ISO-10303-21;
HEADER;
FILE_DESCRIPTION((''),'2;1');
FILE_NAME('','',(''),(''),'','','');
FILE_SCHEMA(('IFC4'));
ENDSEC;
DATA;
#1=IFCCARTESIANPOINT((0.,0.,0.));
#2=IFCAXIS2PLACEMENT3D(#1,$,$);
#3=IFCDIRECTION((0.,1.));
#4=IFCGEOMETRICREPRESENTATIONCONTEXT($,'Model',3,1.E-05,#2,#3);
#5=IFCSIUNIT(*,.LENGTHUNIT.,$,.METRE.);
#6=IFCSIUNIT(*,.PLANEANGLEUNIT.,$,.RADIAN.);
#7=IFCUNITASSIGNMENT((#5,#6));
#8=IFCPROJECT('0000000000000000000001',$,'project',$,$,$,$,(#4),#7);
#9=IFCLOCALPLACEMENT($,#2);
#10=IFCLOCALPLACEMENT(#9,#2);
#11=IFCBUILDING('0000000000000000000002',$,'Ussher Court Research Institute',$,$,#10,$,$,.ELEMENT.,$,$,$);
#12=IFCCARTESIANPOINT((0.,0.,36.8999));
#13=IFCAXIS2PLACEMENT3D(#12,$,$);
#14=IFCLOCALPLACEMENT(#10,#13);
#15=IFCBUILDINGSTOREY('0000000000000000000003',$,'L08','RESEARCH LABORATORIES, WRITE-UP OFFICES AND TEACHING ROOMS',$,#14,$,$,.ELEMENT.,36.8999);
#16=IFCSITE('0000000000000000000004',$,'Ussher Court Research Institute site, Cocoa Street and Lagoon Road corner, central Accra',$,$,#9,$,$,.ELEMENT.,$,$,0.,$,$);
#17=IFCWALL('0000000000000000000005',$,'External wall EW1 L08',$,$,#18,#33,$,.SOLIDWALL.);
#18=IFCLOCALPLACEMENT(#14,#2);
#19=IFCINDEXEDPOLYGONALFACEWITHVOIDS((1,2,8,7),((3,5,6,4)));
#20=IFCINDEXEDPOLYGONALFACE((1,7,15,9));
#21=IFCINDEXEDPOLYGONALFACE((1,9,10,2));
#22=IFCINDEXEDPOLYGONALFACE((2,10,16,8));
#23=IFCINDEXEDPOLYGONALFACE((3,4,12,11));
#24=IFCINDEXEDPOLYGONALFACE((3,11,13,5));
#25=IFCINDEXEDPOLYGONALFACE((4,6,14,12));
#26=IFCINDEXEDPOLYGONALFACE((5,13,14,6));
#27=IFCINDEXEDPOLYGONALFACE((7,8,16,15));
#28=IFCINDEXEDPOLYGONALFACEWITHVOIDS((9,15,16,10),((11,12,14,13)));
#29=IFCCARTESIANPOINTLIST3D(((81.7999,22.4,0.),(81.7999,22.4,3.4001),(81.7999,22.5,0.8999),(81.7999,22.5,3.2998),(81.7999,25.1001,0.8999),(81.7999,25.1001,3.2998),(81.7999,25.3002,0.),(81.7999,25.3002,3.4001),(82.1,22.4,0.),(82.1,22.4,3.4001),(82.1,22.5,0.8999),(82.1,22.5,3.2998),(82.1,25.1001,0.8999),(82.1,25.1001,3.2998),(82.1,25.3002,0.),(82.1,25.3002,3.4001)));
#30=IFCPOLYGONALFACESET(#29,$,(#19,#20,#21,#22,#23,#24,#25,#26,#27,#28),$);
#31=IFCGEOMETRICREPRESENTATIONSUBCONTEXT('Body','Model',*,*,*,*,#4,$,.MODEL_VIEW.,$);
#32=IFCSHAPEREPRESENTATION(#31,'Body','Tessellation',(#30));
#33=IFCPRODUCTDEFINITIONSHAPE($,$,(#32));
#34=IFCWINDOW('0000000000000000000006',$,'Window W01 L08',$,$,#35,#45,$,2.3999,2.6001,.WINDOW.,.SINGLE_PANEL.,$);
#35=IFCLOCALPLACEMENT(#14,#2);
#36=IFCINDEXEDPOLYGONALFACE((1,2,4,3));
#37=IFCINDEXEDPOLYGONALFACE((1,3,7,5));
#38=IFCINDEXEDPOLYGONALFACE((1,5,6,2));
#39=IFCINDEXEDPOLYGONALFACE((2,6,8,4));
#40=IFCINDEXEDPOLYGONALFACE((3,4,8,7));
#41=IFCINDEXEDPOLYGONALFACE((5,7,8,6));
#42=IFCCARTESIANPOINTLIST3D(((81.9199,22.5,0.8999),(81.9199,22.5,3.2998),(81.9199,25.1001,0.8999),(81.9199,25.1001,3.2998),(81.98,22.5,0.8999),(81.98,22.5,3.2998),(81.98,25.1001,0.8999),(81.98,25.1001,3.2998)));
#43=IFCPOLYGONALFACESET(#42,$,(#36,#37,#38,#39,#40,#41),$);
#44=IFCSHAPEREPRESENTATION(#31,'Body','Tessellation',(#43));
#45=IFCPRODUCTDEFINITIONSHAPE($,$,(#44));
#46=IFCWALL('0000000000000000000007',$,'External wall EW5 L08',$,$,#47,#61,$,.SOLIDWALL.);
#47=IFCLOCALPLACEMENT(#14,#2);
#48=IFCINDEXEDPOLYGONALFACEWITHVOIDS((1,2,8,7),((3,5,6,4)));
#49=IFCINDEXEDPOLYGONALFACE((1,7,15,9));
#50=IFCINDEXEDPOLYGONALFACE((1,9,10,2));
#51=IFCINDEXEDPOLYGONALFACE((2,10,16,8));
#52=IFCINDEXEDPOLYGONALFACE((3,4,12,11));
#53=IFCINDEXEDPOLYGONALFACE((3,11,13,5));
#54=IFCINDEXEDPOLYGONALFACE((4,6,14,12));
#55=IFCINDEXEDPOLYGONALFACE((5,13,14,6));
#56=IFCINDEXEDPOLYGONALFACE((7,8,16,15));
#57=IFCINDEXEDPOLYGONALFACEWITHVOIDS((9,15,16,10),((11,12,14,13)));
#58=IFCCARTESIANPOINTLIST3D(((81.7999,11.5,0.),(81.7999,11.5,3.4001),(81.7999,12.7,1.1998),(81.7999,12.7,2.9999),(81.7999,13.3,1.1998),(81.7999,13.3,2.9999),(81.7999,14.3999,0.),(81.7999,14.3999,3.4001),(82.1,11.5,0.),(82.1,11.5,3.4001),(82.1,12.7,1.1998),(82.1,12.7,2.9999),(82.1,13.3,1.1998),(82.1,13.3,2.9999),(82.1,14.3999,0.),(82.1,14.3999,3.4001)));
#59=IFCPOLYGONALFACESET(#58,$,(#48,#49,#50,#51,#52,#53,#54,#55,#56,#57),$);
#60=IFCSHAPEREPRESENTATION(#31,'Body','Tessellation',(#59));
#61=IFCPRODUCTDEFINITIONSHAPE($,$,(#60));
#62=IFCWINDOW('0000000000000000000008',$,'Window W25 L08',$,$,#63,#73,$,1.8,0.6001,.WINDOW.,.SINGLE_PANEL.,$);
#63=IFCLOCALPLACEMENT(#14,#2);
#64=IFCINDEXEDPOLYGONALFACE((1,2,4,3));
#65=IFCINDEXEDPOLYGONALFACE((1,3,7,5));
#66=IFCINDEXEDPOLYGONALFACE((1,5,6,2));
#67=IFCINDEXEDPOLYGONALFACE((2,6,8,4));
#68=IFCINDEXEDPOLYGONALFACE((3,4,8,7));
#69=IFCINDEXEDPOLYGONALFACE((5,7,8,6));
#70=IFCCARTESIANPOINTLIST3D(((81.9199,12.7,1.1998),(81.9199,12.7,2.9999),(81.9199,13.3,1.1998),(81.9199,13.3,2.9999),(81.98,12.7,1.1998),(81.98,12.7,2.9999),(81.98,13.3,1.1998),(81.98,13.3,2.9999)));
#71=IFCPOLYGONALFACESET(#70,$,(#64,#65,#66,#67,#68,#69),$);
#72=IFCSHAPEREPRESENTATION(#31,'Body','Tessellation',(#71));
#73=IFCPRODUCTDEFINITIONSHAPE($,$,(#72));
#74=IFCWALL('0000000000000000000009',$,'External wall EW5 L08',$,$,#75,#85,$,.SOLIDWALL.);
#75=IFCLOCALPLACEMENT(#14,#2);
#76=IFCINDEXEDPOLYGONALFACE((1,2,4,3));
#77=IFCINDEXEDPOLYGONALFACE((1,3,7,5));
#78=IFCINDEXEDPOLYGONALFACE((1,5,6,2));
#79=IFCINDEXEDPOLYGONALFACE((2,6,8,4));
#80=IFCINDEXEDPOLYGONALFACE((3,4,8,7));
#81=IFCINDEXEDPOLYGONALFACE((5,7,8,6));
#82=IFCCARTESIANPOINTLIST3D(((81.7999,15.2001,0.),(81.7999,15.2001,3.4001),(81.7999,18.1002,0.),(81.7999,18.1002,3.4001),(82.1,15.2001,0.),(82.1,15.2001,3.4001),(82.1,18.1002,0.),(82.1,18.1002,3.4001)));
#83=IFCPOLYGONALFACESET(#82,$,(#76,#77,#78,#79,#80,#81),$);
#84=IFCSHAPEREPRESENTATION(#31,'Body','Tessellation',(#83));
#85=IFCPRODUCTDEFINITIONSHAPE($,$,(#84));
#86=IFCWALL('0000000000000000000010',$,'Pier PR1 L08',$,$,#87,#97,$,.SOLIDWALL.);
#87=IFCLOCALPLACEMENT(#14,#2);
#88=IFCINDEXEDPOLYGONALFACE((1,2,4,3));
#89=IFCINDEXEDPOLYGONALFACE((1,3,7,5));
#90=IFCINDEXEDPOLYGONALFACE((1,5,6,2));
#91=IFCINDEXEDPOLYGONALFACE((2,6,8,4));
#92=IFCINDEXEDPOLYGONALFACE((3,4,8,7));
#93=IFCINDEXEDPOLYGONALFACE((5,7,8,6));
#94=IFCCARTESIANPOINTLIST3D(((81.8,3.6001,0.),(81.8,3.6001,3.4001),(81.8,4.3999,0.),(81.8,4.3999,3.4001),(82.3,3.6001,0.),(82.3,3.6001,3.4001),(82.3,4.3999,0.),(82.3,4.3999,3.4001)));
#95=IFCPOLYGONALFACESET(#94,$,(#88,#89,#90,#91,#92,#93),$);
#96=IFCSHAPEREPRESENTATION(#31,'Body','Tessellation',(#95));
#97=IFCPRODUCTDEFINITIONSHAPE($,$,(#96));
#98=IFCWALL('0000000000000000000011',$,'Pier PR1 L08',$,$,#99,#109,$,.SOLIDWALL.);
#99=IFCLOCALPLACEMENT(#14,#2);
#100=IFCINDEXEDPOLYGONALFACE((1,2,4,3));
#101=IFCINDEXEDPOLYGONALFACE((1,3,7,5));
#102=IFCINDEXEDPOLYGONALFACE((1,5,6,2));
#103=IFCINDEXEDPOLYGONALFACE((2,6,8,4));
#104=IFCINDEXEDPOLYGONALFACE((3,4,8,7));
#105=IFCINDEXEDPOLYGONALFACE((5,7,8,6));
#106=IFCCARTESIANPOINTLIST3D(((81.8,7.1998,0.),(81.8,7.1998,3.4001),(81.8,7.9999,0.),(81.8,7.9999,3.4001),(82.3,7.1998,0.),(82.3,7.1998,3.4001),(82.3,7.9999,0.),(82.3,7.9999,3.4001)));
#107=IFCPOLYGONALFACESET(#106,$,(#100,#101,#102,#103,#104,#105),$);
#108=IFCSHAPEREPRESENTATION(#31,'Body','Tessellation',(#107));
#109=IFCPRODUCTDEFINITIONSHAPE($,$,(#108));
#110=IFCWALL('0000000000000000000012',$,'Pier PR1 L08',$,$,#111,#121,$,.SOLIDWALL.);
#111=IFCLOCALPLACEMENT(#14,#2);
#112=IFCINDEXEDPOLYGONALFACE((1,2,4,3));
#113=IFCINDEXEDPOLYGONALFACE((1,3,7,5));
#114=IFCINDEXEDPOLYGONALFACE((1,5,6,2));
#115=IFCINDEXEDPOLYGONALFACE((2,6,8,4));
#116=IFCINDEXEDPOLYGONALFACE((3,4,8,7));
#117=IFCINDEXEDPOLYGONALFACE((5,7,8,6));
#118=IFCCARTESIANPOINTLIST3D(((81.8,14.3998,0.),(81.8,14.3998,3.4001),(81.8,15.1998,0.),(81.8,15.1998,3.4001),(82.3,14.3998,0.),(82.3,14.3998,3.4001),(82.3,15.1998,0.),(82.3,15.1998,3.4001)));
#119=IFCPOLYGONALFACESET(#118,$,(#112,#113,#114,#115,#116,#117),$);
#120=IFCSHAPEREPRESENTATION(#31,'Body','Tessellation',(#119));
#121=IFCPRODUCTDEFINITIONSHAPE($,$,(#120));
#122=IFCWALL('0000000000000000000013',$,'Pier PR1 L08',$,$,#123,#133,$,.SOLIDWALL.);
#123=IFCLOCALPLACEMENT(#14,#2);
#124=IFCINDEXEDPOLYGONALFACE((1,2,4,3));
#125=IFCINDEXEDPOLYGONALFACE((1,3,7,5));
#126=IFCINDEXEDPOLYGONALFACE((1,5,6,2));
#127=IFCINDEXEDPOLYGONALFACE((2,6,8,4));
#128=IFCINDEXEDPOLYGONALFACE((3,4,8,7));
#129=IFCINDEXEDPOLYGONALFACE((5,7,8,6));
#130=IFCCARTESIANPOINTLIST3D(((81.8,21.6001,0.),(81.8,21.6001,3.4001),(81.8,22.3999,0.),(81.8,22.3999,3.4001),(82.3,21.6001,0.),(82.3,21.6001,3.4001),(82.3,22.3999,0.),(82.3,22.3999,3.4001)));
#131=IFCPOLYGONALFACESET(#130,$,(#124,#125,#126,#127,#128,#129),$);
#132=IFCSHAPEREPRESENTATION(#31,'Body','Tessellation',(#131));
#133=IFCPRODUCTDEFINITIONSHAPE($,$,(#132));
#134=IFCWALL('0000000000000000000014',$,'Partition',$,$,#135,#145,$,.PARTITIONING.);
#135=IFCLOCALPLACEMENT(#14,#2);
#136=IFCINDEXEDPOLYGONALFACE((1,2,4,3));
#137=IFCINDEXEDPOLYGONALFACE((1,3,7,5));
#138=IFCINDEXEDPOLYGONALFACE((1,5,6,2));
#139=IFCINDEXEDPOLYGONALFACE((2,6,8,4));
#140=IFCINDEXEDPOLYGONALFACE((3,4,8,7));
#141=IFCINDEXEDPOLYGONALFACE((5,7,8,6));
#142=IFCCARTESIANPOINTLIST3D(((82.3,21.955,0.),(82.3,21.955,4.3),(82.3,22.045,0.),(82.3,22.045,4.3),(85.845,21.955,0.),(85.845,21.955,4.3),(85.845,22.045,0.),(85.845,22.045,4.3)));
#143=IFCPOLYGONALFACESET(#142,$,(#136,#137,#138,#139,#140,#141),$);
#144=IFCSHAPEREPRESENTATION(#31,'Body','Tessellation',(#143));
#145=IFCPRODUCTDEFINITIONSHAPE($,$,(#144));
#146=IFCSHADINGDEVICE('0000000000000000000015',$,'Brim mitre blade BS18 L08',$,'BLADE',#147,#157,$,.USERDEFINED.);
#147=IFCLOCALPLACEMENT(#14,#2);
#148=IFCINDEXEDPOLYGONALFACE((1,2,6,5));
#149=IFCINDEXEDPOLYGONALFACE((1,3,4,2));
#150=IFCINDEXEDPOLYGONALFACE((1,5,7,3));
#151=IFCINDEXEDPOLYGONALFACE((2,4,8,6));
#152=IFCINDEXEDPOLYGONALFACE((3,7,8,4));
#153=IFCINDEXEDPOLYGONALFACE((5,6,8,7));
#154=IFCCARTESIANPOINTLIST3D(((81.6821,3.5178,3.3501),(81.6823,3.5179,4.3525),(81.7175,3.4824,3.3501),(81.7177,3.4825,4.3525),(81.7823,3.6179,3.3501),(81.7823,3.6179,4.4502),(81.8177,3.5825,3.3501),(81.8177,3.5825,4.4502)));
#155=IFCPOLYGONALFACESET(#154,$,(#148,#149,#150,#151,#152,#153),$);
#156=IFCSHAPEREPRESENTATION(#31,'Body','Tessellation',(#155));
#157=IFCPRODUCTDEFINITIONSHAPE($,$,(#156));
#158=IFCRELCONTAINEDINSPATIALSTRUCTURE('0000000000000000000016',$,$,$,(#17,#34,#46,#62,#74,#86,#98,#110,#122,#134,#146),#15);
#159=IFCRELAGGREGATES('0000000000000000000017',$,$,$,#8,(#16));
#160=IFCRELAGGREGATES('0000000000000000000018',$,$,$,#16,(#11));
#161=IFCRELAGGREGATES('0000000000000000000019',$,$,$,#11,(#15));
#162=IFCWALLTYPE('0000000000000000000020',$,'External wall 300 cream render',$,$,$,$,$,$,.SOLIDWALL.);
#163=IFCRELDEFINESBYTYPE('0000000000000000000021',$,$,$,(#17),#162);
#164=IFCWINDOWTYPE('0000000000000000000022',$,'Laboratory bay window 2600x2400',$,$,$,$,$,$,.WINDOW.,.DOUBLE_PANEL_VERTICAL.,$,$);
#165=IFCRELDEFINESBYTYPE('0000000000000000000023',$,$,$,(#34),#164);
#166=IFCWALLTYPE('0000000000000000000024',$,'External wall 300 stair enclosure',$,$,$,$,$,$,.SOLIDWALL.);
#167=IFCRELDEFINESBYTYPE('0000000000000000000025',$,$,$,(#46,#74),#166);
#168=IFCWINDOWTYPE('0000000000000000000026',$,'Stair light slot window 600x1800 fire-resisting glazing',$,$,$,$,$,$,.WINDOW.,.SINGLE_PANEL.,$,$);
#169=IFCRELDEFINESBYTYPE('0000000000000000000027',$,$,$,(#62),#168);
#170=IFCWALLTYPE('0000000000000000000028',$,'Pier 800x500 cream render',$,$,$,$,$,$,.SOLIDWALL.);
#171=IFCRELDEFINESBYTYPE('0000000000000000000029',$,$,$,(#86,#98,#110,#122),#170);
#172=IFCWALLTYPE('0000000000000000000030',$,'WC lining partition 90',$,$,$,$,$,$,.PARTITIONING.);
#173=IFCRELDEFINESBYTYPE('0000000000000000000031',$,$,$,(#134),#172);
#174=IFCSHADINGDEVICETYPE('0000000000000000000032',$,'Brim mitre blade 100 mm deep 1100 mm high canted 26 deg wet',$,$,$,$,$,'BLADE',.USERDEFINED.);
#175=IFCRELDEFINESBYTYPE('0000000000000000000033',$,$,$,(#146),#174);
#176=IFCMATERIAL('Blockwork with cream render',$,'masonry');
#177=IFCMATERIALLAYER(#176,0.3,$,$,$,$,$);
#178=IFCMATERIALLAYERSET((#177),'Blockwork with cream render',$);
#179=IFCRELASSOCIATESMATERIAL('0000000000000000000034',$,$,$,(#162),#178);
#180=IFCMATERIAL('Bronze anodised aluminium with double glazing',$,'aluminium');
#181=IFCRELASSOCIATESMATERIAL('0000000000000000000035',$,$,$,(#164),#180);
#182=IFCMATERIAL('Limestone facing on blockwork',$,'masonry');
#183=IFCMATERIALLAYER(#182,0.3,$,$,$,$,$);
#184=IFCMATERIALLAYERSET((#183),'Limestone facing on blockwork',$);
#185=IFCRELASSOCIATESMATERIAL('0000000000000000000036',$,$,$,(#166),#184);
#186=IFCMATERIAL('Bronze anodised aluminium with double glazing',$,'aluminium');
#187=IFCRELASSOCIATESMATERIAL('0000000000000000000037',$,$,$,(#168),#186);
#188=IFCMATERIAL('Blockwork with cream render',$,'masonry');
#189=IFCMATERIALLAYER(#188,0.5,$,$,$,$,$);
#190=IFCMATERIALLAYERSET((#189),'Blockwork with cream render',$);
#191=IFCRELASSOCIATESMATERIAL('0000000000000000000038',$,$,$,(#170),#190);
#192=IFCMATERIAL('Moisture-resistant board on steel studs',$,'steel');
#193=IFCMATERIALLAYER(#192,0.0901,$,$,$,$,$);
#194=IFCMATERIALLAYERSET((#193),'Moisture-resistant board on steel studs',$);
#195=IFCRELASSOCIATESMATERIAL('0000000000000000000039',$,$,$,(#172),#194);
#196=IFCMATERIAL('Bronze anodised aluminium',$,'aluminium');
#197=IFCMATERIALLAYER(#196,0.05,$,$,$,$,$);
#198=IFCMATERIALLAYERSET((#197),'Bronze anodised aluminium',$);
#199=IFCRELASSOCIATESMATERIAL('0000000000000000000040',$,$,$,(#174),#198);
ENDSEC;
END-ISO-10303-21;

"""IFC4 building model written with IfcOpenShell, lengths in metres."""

from ifc_helpers import new_model, si_unit, direction, frame, frame_2d, origin, place, context, subcontext, project, spatial, polyline, rectangle, outline, extrude, material, layer, layer_set, type_object, element, fill, save


model = new_model("IFC4")

# Units and contexts
model_context = context("Model", 3, precision=1e-05, world=origin(), true_north=direction((0.0, 1.0)))
body_context = subcontext(model_context, "Body", "Model", "MODEL_VIEW")
ifc_project = project(units=[si_unit("LENGTHUNIT", "METRE"), si_unit("PLANEANGLEUNIT", "RADIAN")], contexts=[model_context])

# Site, building, storey
site_placement = place(None, origin())
site = spatial("IfcSite", under=ifc_project, at=site_placement, Name="Ussher Court Research Institute site, Cocoa Street and Lagoon Road corner, central Accra", CompositionType="ELEMENT", RefElevation=0.0)
building_placement = place(site_placement, origin())
building = spatial("IfcBuilding", under=site, at=building_placement, Name="Ussher Court Research Institute", CompositionType="ELEMENT")
storey_placement = place(building_placement, frame((0.0, 0.0, 36.8999)))
storey = spatial("IfcBuildingStorey", under=building, at=storey_placement, Name="L08", Description="RESEARCH LABORATORIES, WRITE-UP OFFICES AND TEACHING ROOMS", CompositionType="ELEMENT", Elevation=36.8999)

# Walls, openings, windows
ifc_material_1 = material(Name="Blockwork with cream render", Category="masonry")
ifc_layer_1 = layer(ifc_material_1, 0.3)
ifc_layer_set_1 = layer_set([ifc_layer_1], Name="Blockwork with cream render")
wall_type_1 = type_object("IfcWallType", Name="External wall 300 cream render", PredefinedType="SOLIDWALL", material=ifc_layer_set_1)
ifc_material_2 = material(Name="Bronze anodised aluminium with double glazing", Category="aluminium")
window_type_1 = type_object("IfcWindowType", Name="Laboratory bay window 2600x2400", PartitioningType="DOUBLE_PANEL_VERTICAL", PredefinedType="WINDOW", material=ifc_material_2)
wall_1_placement = place(storey_placement, frame((81.95, 22.3999, 0.0), z_axis=(0.0, 0.0, 1.0), x_axis=(0.0, 1.0, 0.0)))
wall_1 = element("IfcWall", 1, at=wall_1_placement, inside=storey, type_object=wall_type_1, Name="External wall EW1 L08", PredefinedType="SOLIDWALL", context=body_context, shape_type="SweptSolid", body=[
    extrude(rectangle(XDim=2.9001, YDim=0.3, at=frame_2d((1.4502, 0.0))), origin(), (0.0, 0.0, 1.0), 3.4001),
])
opening_1_placement = place(wall_1_placement, frame((0.1001, 0.0, 0.8999)))
opening_1 = element("IfcOpeningElement", 2, at=opening_1_placement, cuts=wall_1, PredefinedType="OPENING", context=body_context, shape_type="SweptSolid", body=[
    extrude(rectangle(XDim=2.6001, YDim=2.3999, at=frame_2d((1.3, 1.2))), frame((0.0, 0.1602, 0.0), z_axis=(0.0, -1.0, 0.0), x_axis=(1.0, 0.0, 0.0)), (0.0, 0.0, 1.0), 0.3201),
])
window_1_placement = place(opening_1_placement, origin())
window_1 = element("IfcWindow", 3, at=window_1_placement, inside=storey, type_object=window_type_1, Name="Window W01 L08", OverallHeight=2.3999, OverallWidth=2.6001, PartitioningType="SINGLE_PANEL", PredefinedType="WINDOW", context=body_context, shape_type="SweptSolid", body=[
    extrude(rectangle(XDim=2.6001, YDim=2.3999, at=frame_2d((1.3, 1.2))), frame((0.0, 0.03, 0.0), z_axis=(0.0, -1.0, 0.0), x_axis=(1.0, 0.0, 0.0)), (0.0, 0.0, 1.0), 0.0601),
])
fill(opening_1, window_1)
ifc_material_3 = material(Name="Limestone facing on blockwork", Category="masonry")
ifc_layer_2 = layer(ifc_material_3, 0.3)
ifc_layer_set_2 = layer_set([ifc_layer_2], Name="Limestone facing on blockwork")
wall_type_2 = type_object("IfcWallType", Name="External wall 300 stair enclosure", PredefinedType="SOLIDWALL", material=ifc_layer_set_2)
wall_2_placement = place(storey_placement, frame((81.95, 11.5, 0.0), z_axis=(0.0, 0.0, 1.0), x_axis=(0.0, 1.0, 0.0)))
wall_2 = element("IfcWall", 4, at=wall_2_placement, inside=storey, type_object=wall_type_2, Name="External wall EW5 L08", PredefinedType="SOLIDWALL", context=body_context, shape_type="SweptSolid", body=[
    extrude(rectangle(XDim=2.8999, YDim=0.3, at=frame_2d((1.45, 0.0))), origin(), (0.0, 0.0, 1.0), 3.4001),
])
opening_2_placement = place(wall_2_placement, frame((1.2, 0.0, 1.2)))
opening_2 = element("IfcOpeningElement", 5, at=opening_2_placement, cuts=wall_2, PredefinedType="OPENING", context=body_context, shape_type="SweptSolid", body=[
    extrude(rectangle(XDim=0.6001, YDim=1.8, at=frame_2d((0.3, 0.8999))), frame((0.0, 0.1602, 0.0), z_axis=(0.0, -1.0, 0.0), x_axis=(1.0, 0.0, 0.0)), (0.0, 0.0, 1.0), 0.3201),
])
ifc_material_4 = material(Name="Bronze anodised aluminium with double glazing", Category="aluminium")
window_type_2 = type_object("IfcWindowType", Name="Stair light slot window 600x1800 fire-resisting glazing", PartitioningType="SINGLE_PANEL", PredefinedType="WINDOW", material=ifc_material_4)
window_2_placement = place(opening_2_placement, origin())
window_2 = element("IfcWindow", 6, at=window_2_placement, inside=storey, type_object=window_type_2, Name="Window W25 L08", OverallHeight=1.8, OverallWidth=0.6001, PartitioningType="SINGLE_PANEL", PredefinedType="WINDOW", context=body_context, shape_type="SweptSolid", body=[
    extrude(rectangle(XDim=0.6001, YDim=1.8, at=frame_2d((0.3, 0.8999))), frame((0.0, 0.03, 0.0), z_axis=(0.0, -1.0, 0.0), x_axis=(1.0, 0.0, 0.0)), (0.0, 0.0, 1.0), 0.0601),
])
fill(opening_2, window_2)

# Walls
wall_3_placement = place(storey_placement, frame((81.95, 15.2, 0.0), z_axis=(0.0, 0.0, 1.0), x_axis=(0.0, 1.0, 0.0)))
element("IfcWall", 7, at=wall_3_placement, inside=storey, type_object=wall_type_2, Name="External wall EW5 L08", PredefinedType="SOLIDWALL", context=body_context, shape_type="SweptSolid", body=[
    extrude(rectangle(XDim=2.9001, YDim=0.3, at=frame_2d((1.4502, 0.0))), origin(), (0.0, 0.0, 1.0), 3.4001),
])
ifc_material_5 = material(Name="Blockwork with cream render", Category="masonry")
ifc_layer_3 = layer(ifc_material_5, 0.5)
ifc_layer_set_3 = layer_set([ifc_layer_3], Name="Blockwork with cream render")
wall_type_3 = type_object("IfcWallType", Name="Pier 800x500 cream render", PredefinedType="SOLIDWALL", material=ifc_layer_set_3)
wall_4_placement = place(storey_placement, frame((82.05, 3.6001, 0.0), z_axis=(0.0, 0.0, 1.0), x_axis=(0.0, 1.0, 0.0)))
element("IfcWall", 8, at=wall_4_placement, inside=storey, type_object=wall_type_3, Name="Pier PR1 L08", PredefinedType="SOLIDWALL", context=body_context, shape_type="SweptSolid", body=[
    extrude(rectangle(XDim=0.7998, YDim=0.5, at=frame_2d((0.3999, 0.0))), origin(), (0.0, 0.0, 1.0), 3.4001),
])
for number, where, z_axis, x_axis, name in (
    (9, (82.05, 7.2, 0.0), (0.0, 0.0, 1.0), (0.0, 1.0, 0.0), "Pier PR1 L08"),
    (10, (82.05, 14.3999, 0.0), (0.0, 0.0, 1.0), (0.0, 1.0, 0.0), "Pier PR1 L08"),
):
    element("IfcWall", number, at=place(storey_placement, frame(where, z_axis=z_axis, x_axis=x_axis)), inside=storey, type_object=wall_type_3, Name=name, PredefinedType="SOLIDWALL", context=body_context, shape_type="SweptSolid", body=[
        extrude(rectangle(XDim=0.8, YDim=0.5, at=frame_2d((0.3999, 0.0))), origin(), (0.0, 0.0, 1.0), 3.4001),
    ])
wall_5_placement = place(storey_placement, frame((82.05, 21.6001, 0.0), z_axis=(0.0, 0.0, 1.0), x_axis=(0.0, 1.0, 0.0)))
element("IfcWall", 11, at=wall_5_placement, inside=storey, type_object=wall_type_3, Name="Pier PR1 L08", PredefinedType="SOLIDWALL", context=body_context, shape_type="SweptSolid", body=[
    extrude(rectangle(XDim=0.7998, YDim=0.5, at=frame_2d((0.3999, 0.0))), origin(), (0.0, 0.0, 1.0), 3.4001),
])
ifc_material_6 = material(Name="Moisture-resistant board on steel studs", Category="steel")
ifc_layer_4 = layer(ifc_material_6, 0.0901)
ifc_layer_set_4 = layer_set([ifc_layer_4], Name="Moisture-resistant board on steel studs")
wall_type_4 = type_object("IfcWallType", Name="WC lining partition 90", PredefinedType="PARTITIONING", material=ifc_layer_set_4)
wall_6_placement = place(storey_placement, frame((82.3, 22.0, 0.0), z_axis=(0.0, 0.0, 1.0), x_axis=(1.0, 0.0, 0.0)))
element("IfcWall", 12, at=wall_6_placement, inside=storey, type_object=wall_type_4, Name="Partition", PredefinedType="PARTITIONING", context=body_context, shape_type="SweptSolid", body=[
    extrude(rectangle(XDim=3.5449, YDim=0.0901, at=frame_2d((1.7725, 0.0))), origin(), (0.0, 0.0, 1.0), 4.3),
])

# Shading device
ifc_material_7 = material(Name="Bronze anodised aluminium", Category="aluminium")
ifc_layer_5 = layer(ifc_material_7, 0.05)
ifc_layer_set_5 = layer_set([ifc_layer_5], Name="Bronze anodised aluminium")
shading_device_type = type_object("IfcShadingDeviceType", Name="Brim mitre blade 100 mm deep 1100 mm high canted 26 deg wet", ElementType="BLADE", PredefinedType="USERDEFINED", material=ifc_layer_set_5)
shading_device_placement = place(storey_placement, frame((81.8, 3.6001, 3.3501), z_axis=(0.0, 0.0, 1.0), x_axis=(-0.707107, -0.707107, 0.0)))
element("IfcShadingDevice", 13, at=shading_device_placement, inside=storey, type_object=shading_device_type, Name="Brim mitre blade BS18 L08", ObjectType="BLADE", PredefinedType="USERDEFINED", context=body_context, shape_type="SweptSolid", body=[
    extrude(outline(polyline([(0.0, 0.0), (0.1416, 0.0), (0.1414, 1.0024), (0.0, 1.1001), (0.0, 0.0)])), frame((0.0, 0.0249, 0.0), z_axis=(0.0, -1.0, 0.0), x_axis=(1.0, 0.0, 0.0)), (0.0, 0.0, 1.0), 0.05),
])

save(model, "model.ifc")
